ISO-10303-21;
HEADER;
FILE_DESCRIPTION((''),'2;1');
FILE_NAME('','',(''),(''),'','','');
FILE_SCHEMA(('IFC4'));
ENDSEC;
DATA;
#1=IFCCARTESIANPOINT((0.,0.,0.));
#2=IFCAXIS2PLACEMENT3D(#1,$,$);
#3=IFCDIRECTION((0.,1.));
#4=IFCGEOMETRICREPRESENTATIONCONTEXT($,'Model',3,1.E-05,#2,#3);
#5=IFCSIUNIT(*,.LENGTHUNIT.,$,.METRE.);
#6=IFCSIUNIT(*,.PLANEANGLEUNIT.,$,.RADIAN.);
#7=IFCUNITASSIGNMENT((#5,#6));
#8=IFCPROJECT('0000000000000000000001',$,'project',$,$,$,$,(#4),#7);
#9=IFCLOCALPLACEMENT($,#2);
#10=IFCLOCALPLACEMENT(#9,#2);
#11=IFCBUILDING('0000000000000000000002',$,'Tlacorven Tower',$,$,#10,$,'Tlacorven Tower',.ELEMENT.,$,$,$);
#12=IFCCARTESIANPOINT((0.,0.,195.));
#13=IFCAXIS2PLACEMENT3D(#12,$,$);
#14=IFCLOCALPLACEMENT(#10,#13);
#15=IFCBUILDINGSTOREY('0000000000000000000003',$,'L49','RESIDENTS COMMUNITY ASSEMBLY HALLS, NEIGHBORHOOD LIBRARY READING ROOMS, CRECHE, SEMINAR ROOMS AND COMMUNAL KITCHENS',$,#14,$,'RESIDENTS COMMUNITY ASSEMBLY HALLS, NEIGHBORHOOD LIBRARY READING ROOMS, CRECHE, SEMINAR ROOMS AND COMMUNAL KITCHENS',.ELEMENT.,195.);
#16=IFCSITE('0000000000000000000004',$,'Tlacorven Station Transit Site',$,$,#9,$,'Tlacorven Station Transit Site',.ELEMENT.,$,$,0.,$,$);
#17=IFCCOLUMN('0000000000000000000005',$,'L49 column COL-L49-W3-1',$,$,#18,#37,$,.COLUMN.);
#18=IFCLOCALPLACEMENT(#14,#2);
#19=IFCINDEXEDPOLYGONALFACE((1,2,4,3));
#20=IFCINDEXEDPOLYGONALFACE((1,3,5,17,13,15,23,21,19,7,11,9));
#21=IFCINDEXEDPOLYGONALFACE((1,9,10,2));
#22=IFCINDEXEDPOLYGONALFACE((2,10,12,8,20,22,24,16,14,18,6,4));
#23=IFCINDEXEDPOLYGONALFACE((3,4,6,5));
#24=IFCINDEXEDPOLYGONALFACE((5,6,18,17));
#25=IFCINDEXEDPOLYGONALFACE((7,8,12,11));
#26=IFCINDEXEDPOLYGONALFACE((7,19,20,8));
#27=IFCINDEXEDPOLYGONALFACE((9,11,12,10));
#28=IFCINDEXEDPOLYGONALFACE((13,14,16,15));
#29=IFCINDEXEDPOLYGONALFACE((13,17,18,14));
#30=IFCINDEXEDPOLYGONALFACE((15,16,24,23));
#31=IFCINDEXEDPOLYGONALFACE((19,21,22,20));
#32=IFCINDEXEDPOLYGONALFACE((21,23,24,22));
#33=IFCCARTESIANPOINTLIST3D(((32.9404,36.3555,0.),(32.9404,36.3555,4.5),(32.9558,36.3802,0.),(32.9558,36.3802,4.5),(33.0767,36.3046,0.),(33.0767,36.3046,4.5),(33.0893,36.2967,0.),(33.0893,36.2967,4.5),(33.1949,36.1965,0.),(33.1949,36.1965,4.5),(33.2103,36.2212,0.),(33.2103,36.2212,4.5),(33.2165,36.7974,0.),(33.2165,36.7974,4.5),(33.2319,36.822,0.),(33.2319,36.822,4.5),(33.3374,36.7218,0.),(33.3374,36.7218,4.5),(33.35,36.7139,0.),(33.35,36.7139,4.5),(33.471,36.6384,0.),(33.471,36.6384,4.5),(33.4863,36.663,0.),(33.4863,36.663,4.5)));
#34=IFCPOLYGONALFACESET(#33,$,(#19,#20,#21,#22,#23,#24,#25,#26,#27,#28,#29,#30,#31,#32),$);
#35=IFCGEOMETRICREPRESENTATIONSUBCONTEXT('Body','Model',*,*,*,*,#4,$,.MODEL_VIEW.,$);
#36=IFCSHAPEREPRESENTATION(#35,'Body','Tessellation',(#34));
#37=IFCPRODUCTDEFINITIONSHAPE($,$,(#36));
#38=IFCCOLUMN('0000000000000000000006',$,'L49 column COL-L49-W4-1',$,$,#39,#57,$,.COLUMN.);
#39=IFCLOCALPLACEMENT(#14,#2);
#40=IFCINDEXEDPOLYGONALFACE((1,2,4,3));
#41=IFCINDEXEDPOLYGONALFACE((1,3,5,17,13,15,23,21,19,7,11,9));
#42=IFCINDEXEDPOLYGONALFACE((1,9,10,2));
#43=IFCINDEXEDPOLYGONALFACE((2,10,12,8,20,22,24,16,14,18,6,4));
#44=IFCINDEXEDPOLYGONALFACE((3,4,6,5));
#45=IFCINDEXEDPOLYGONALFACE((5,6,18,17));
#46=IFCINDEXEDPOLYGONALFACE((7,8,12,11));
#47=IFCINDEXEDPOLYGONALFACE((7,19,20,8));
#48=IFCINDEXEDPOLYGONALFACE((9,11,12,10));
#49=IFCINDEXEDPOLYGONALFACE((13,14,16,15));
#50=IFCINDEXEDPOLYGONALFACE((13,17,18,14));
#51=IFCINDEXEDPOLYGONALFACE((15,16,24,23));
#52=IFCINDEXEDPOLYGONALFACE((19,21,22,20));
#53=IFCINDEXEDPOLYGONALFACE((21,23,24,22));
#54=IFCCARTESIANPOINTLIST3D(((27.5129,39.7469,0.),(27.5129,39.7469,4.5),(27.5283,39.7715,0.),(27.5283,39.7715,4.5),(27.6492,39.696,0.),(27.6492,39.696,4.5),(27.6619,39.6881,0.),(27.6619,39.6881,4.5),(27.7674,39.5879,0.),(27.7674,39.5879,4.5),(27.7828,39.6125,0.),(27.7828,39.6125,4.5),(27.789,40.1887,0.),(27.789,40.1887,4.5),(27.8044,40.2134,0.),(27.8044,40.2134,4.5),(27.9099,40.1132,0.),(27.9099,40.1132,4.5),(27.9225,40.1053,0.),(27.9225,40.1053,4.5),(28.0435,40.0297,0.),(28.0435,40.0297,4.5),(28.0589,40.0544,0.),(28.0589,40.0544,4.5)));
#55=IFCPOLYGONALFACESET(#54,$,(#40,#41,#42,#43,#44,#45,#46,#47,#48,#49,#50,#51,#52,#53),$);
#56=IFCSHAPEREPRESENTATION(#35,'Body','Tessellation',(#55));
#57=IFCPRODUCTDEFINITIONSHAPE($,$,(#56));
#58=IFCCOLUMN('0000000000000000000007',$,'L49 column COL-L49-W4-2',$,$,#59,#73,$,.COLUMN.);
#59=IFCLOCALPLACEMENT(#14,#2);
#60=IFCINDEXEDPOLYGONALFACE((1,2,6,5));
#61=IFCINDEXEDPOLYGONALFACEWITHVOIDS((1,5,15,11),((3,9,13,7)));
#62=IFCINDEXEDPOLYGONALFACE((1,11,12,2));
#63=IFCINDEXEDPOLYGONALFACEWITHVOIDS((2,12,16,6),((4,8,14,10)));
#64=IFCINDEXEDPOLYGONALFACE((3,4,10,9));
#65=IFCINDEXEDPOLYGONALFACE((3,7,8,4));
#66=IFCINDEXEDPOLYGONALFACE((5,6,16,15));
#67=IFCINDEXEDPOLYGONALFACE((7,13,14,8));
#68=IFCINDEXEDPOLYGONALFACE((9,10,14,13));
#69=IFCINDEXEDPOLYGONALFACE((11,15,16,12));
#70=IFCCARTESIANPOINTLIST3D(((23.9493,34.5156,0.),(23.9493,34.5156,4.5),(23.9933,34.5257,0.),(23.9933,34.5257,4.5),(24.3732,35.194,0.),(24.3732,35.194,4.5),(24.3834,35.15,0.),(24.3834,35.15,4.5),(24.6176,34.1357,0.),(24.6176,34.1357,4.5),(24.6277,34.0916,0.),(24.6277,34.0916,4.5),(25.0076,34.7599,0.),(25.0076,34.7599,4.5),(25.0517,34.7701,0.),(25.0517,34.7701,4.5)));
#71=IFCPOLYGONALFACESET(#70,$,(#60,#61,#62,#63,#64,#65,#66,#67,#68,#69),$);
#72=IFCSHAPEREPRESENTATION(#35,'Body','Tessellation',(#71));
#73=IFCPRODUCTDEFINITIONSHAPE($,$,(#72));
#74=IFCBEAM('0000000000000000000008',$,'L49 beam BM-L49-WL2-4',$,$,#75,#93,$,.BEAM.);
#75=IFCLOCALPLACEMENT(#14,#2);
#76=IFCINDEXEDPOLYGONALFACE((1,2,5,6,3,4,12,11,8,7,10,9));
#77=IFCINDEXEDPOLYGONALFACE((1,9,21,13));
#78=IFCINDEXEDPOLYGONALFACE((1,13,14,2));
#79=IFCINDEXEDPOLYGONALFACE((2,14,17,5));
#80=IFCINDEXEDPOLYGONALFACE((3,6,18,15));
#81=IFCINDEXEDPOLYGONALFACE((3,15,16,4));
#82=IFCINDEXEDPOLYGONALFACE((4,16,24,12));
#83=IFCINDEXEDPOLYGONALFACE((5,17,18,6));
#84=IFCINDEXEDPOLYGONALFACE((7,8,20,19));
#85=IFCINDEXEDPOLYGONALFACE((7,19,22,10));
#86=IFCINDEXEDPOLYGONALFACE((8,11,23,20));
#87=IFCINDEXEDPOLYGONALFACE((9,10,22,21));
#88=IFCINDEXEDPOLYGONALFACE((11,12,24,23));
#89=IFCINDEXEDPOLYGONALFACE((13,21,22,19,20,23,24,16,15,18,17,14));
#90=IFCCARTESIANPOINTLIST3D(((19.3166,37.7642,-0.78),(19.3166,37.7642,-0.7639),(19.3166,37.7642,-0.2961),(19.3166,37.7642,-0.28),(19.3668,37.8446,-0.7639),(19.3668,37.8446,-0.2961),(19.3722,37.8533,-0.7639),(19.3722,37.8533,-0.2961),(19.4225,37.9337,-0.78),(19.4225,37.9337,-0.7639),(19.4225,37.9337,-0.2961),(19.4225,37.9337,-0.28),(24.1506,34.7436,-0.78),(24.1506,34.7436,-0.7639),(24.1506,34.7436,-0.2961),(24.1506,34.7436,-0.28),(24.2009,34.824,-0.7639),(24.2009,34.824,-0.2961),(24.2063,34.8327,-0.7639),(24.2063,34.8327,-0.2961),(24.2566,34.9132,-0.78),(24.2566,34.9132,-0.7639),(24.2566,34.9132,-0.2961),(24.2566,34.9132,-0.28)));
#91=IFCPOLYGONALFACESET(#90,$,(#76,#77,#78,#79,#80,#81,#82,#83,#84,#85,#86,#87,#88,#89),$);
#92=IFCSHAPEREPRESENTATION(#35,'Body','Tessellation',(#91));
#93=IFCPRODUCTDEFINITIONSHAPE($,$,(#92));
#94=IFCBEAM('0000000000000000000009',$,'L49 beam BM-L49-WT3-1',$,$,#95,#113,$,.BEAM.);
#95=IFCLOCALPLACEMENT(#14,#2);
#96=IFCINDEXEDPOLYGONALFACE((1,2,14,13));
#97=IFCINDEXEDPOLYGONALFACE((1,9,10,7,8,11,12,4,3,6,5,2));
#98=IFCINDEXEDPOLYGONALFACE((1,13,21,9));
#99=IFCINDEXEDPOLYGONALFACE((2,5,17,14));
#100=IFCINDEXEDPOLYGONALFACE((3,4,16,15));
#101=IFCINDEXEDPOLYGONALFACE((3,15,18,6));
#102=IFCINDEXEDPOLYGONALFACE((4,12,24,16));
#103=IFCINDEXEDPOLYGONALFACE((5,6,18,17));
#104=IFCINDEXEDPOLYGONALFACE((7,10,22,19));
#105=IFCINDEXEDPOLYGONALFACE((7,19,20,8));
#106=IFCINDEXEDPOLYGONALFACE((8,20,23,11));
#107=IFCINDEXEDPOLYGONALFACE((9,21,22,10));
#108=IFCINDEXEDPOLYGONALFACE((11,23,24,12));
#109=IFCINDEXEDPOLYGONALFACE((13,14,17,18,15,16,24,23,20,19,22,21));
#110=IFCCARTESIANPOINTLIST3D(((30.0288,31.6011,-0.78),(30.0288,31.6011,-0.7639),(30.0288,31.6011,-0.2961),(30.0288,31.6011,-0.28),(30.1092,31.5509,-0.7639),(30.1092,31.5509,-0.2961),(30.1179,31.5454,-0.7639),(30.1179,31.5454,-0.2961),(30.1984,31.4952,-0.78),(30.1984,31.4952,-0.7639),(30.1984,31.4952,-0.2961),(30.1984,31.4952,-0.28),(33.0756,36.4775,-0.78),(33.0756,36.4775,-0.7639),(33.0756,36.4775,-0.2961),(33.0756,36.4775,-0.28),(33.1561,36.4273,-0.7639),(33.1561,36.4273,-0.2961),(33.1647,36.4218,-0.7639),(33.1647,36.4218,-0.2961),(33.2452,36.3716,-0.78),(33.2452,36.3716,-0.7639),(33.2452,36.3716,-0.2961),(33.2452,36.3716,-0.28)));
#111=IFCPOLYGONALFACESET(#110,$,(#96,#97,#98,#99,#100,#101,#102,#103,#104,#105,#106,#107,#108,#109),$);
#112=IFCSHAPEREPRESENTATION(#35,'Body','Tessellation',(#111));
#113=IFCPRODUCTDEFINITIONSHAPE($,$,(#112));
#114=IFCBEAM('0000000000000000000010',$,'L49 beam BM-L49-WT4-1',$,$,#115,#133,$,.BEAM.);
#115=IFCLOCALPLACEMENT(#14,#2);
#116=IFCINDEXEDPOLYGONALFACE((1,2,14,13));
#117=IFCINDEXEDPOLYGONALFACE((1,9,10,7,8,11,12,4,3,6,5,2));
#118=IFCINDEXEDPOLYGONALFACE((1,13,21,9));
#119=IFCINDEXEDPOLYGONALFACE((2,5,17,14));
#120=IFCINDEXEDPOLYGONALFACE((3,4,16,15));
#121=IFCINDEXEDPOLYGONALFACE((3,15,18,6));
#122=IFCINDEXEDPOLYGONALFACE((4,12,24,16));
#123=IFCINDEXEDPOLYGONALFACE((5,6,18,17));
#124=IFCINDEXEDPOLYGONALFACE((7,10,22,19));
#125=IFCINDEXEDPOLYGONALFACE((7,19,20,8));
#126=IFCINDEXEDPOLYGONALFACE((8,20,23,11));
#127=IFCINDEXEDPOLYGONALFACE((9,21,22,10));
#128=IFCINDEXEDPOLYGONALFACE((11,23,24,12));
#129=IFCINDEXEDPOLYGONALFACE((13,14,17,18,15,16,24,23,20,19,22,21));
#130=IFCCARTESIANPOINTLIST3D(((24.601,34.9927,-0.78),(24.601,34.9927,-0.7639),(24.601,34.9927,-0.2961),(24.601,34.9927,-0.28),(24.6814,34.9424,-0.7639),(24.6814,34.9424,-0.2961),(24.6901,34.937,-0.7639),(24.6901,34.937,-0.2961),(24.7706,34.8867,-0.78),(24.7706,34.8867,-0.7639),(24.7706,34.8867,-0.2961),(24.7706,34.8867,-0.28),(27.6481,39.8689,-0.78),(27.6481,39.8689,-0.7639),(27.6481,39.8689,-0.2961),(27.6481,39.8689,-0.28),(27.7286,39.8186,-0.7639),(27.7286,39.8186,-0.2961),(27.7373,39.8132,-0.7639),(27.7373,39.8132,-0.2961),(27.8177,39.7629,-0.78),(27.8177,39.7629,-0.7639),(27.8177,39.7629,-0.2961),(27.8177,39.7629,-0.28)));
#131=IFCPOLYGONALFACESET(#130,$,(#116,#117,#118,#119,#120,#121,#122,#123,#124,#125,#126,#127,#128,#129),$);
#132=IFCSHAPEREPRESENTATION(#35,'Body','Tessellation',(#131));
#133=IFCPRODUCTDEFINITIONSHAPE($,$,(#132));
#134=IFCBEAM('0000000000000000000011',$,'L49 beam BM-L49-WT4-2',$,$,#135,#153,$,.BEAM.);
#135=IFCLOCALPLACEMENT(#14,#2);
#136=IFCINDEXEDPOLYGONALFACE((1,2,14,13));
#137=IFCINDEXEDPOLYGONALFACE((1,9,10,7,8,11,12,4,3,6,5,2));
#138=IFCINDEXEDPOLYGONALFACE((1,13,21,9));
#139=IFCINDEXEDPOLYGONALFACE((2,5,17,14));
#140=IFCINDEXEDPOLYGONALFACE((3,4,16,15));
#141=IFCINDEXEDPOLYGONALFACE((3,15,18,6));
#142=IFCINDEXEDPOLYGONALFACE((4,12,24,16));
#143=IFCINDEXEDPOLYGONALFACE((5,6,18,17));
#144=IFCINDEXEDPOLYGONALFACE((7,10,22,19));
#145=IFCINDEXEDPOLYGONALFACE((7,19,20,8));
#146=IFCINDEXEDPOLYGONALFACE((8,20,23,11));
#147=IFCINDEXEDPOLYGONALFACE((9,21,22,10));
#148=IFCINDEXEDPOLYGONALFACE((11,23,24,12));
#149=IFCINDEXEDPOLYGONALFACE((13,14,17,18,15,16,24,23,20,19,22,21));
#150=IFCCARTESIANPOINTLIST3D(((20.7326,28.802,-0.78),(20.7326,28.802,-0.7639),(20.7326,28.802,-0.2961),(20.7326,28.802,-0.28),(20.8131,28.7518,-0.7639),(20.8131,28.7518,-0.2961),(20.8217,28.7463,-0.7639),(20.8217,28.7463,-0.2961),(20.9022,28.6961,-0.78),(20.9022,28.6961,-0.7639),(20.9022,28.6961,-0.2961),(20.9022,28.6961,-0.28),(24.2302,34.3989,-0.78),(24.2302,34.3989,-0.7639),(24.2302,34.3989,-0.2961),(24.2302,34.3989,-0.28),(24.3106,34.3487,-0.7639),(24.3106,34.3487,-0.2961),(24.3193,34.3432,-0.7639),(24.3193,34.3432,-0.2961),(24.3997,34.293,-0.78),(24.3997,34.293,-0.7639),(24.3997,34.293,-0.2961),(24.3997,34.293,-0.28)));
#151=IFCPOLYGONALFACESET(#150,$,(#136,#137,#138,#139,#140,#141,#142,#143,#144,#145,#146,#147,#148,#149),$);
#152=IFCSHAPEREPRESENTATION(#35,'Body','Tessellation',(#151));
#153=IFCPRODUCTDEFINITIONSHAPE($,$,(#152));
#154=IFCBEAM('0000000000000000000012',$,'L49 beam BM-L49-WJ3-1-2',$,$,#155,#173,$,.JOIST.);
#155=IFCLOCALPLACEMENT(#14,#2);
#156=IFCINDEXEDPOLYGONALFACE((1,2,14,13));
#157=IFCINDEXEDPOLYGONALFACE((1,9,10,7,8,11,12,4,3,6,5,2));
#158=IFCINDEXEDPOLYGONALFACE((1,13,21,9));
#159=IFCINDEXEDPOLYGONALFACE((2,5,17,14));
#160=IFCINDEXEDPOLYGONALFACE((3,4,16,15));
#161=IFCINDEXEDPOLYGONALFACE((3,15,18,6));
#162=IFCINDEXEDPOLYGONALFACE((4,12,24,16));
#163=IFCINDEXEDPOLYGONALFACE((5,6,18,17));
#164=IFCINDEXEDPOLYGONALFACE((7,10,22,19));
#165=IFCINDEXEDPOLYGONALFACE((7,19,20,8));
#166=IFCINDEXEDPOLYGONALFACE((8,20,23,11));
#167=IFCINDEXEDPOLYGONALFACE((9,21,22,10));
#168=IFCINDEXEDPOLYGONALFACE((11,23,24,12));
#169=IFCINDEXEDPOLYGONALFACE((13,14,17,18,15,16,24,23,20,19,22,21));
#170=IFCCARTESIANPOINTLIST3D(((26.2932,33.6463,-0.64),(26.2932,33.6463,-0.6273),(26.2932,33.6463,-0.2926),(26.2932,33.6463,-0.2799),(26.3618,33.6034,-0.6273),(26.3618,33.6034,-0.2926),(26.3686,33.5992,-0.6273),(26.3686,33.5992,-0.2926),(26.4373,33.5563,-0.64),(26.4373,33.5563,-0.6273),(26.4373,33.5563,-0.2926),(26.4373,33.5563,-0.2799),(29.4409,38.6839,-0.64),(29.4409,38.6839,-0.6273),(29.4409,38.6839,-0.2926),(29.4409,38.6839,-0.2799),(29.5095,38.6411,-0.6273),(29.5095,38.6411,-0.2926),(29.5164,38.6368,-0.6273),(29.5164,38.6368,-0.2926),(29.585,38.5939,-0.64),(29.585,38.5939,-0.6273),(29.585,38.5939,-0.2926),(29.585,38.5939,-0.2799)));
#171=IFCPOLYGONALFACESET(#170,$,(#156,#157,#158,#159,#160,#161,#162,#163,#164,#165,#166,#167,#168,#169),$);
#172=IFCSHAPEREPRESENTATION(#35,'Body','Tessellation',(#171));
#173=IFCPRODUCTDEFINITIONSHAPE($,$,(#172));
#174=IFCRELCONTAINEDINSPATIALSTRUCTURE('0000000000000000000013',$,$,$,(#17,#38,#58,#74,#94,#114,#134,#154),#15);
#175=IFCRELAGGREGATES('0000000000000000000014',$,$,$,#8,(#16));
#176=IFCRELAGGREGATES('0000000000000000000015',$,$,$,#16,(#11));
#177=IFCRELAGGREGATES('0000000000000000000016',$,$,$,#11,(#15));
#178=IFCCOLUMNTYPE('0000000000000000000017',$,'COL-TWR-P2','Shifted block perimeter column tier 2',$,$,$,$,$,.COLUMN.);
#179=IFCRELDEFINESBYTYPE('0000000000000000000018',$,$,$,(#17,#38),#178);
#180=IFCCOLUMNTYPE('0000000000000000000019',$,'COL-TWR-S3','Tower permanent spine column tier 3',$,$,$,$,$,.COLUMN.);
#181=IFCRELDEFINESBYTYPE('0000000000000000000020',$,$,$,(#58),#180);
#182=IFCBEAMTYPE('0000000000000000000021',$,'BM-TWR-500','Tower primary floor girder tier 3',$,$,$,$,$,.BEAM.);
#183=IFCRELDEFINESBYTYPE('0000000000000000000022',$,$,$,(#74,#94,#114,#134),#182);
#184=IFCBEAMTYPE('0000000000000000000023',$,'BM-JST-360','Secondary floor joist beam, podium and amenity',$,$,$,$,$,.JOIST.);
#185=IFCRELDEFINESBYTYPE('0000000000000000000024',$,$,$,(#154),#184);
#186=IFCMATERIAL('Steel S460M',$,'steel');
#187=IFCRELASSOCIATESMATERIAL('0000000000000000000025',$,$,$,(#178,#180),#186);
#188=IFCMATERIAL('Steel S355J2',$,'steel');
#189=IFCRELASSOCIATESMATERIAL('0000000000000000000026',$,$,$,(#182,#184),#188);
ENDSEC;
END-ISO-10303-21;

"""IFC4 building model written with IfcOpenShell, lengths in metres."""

from ifc_helpers import new_model, si_unit, direction, frame, origin, origin_2d, place, context, subcontext, project, spatial, hollow_rectangle, i_section, extrude, source, transform, mapped, material, material_profile, profile_set, type_object, element, save


model = new_model("IFC4")

# Units and contexts
model_context = context("Model", 3, precision=1e-05, world=origin(), true_north=direction((0.0, 1.0)))
body_context = subcontext(model_context, "Body", "Model", "MODEL_VIEW")
ifc_project = project(units=[si_unit("LENGTHUNIT", "METRE"), si_unit("PLANEANGLEUNIT", "RADIAN")], contexts=[model_context])

# Site, building, storey
site_placement = place(None, origin())
site = spatial("IfcSite", under=ifc_project, at=site_placement, Name="Tlacorven Station Transit Site", LongName="Tlacorven Station Transit Site", CompositionType="ELEMENT", RefElevation=0.0)
building_placement = place(site_placement, origin())
building = spatial("IfcBuilding", under=site, at=building_placement, Name="Tlacorven Tower", LongName="Tlacorven Tower", CompositionType="ELEMENT")
storey_placement = place(building_placement, frame((0.0, 0.0, 195.0)))
storey = spatial("IfcBuildingStorey", under=building, at=storey_placement, Name="L49", Description="RESIDENTS COMMUNITY ASSEMBLY HALLS, NEIGHBORHOOD LIBRARY READING ROOMS, CRECHE, SEMINAR ROOMS AND COMMUNAL KITCHENS", LongName="RESIDENTS COMMUNITY ASSEMBLY HALLS, NEIGHBORHOOD LIBRARY READING ROOMS, CRECHE, SEMINAR ROOMS AND COMMUNAL KITCHENS", CompositionType="ELEMENT", Elevation=195.0)

# Columns
ifc_material_1 = material(Name="Steel S460M", Category="steel")
ifc_material_profile_1 = material_profile(ifc_material_1, i_section(OverallWidth=0.3, OverallDepth=0.55, WebThickness=0.0149, FlangeThickness=0.0291, at=origin_2d()), Name="HEB 550")
ifc_profile_set_1 = profile_set([ifc_material_profile_1], Name="Steel S460M")
column_type_1 = type_object("IfcColumnType", Name="COL-TWR-P2", Description="Shifted block perimeter column tier 2", PredefinedType="COLUMN", material=ifc_profile_set_1)
shared_shape_1 = source(origin(), body_context, "Body", "SweptSolid", [
    extrude(i_section(OverallWidth=0.3, OverallDepth=0.55, WebThickness=0.0149, FlangeThickness=0.0291, at=origin_2d()), origin(), (0.0, 0.0, 1.0), 4.5),
])
for number, where, z_axis, x_axis, name in (
    (1, (33.2134, 36.5093, 0.0), (0.0, 0.0, 1.0), (-0.848048, 0.529919, 0.0), "L49 column COL-L49-W3-1"),
    (2, (27.7859, 39.9006, 0.0), (0.0, 0.0, 1.0), (-0.848048, 0.529919, 0.0), "L49 column COL-L49-W4-1"),
):
    element("IfcColumn", number, at=place(storey_placement, frame(where, z_axis=z_axis, x_axis=x_axis)), inside=storey, type_object=column_type_1, Name=name, PredefinedType="COLUMN", context=body_context, shape_type="MappedRepresentation", body=[
        mapped(shared_shape_1, transform((0.0, 0.0, 0.0), scale=1.0)),
    ])
ifc_material_profile_2 = material_profile(ifc_material_1, hollow_rectangle(XDim=0.8, YDim=0.8, WallThickness=0.032, at=origin_2d()), Name="BOX 800X800X32")
ifc_profile_set_2 = profile_set([ifc_material_profile_2], Name="Steel S460M")
column_type_2 = type_object("IfcColumnType", Name="COL-TWR-S3", Description="Tower permanent spine column tier 3", PredefinedType="COLUMN", material=ifc_profile_set_2)
shared_shape_2 = source(origin(), body_context, "Body", "SweptSolid", [
    extrude(hollow_rectangle(XDim=0.8, YDim=0.8, WallThickness=0.032, at=origin_2d()), origin(), (0.0, 0.0, 1.0), 4.5),
])
column_placement = place(storey_placement, frame((24.5005, 34.6428, 0.0), z_axis=(0.0, 0.0, 1.0), x_axis=(-0.848048, 0.529919, 0.0)))
element("IfcColumn", 3, at=column_placement, inside=storey, type_object=column_type_2, Name="L49 column COL-L49-W4-2", PredefinedType="COLUMN", context=body_context, shape_type="MappedRepresentation", body=[
    mapped(shared_shape_2, transform((0.0, 0.0, 0.0), scale=1.0)),
])

# Beams
ifc_material_2 = material(Name="Steel S355J2", Category="steel")
ifc_material_profile_3 = material_profile(ifc_material_2, i_section(OverallWidth=0.2, OverallDepth=0.5, WebThickness=0.0103, FlangeThickness=0.0161, at=origin_2d()), Name="IPE 500")
ifc_profile_set_3 = profile_set([ifc_material_profile_3], Name="Steel S355J2")
beam_type_1 = type_object("IfcBeamType", Name="BM-TWR-500", Description="Tower primary floor girder tier 3", PredefinedType="BEAM", material=ifc_profile_set_3)
shared_shape_3 = source(origin(), body_context, "Body", "SweptSolid", [
    extrude(i_section(OverallWidth=0.2, OverallDepth=0.5, WebThickness=0.0103, FlangeThickness=0.0161, at=origin_2d()), origin(), (0.0, 0.0, 1.0), 5.7002),
])
beam_1_placement = place(storey_placement, frame((24.2036, 34.8284, -0.53), z_axis=(-0.848056, 0.529907, 0.0), x_axis=(-0.529907, -0.848056, 0.0)))
element("IfcBeam", 4, at=beam_1_placement, inside=storey, type_object=beam_type_1, Name="L49 beam BM-L49-WL2-4", PredefinedType="BEAM", context=body_context, shape_type="MappedRepresentation", body=[
    mapped(shared_shape_3, transform((0.0, 0.0, 0.0), scale=1.0)),
])
shared_shape_4 = source(origin(), body_context, "Body", "SweptSolid", [
    extrude(i_section(OverallWidth=0.2, OverallDepth=0.5, WebThickness=0.0103, FlangeThickness=0.0161, at=origin_2d()), origin(), (0.0, 0.0, 1.0), 5.75),
])
for number, where, z_axis, x_axis, name in (
    (5, (33.1604, 36.4246, -0.53), (-0.529884, -0.84807, 0.0), (0.84807, -0.529884, 0.0), "L49 beam BM-L49-WT3-1"),
    (6, (27.7329, 39.8159, -0.53), (-0.529934, -0.848039, 0.0), (0.848039, -0.529934, 0.0), "L49 beam BM-L49-WT4-1"),
):
    element("IfcBeam", number, at=place(storey_placement, frame(where, z_axis=z_axis, x_axis=x_axis)), inside=storey, type_object=beam_type_1, Name=name, PredefinedType="BEAM", context=body_context, shape_type="MappedRepresentation", body=[
        mapped(shared_shape_4, transform((0.0, 0.0, 0.0), scale=1.0)),
    ])
shared_shape_5 = source(origin(), body_context, "Body", "SweptSolid", [
    extrude(i_section(OverallWidth=0.2, OverallDepth=0.5, WebThickness=0.0103, FlangeThickness=0.0161, at=origin_2d()), origin(), (0.0, 0.0, 1.0), 6.5999),
])
beam_2_placement = place(storey_placement, frame((24.3149, 34.3459, -0.53), z_axis=(-0.529942, -0.848034, 0.0), x_axis=(0.848034, -0.529942, 0.0)))
element("IfcBeam", 7, at=beam_2_placement, inside=storey, type_object=beam_type_1, Name="L49 beam BM-L49-WT4-2", PredefinedType="BEAM", context=body_context, shape_type="MappedRepresentation", body=[
    mapped(shared_shape_5, transform((0.0, 0.0, 0.0), scale=1.0)),
])
ifc_material_profile_4 = material_profile(ifc_material_2, i_section(OverallWidth=0.1699, OverallDepth=0.3601, WebThickness=0.0081, FlangeThickness=0.0127, at=origin_2d()), Name="IPE 360")
ifc_profile_set_4 = profile_set([ifc_material_profile_4], Name="Steel S355J2")
beam_type_2 = type_object("IfcBeamType", Name="BM-JST-360", Description="Secondary floor joist beam, podium and amenity", PredefinedType="JOIST", material=ifc_profile_set_4)
shared_shape_6 = source(origin(), body_context, "Body", "SweptSolid", [
    extrude(i_section(OverallWidth=0.1699, OverallDepth=0.3601, WebThickness=0.0081, FlangeThickness=0.0127, at=origin_2d()), origin(), (0.0, 0.0, 1.0), 5.9402),
])
for number, where, z_axis, x_axis, name in (
    (8, (29.5129, 38.6389, -0.46), (-0.529903, -0.848058, 0.0), (0.848058, -0.529903, 0.0), "L49 beam BM-L49-WJ3-1-2"),
):
    element("IfcBeam", number, at=place(storey_placement, frame(where, z_axis=z_axis, x_axis=x_axis)), inside=storey, type_object=beam_type_2, Name=name, PredefinedType="JOIST", context=body_context, shape_type="MappedRepresentation", body=[
        mapped(shared_shape_6, transform((0.0, 0.0, 0.0), scale=1.0)),
    ])

save(model, "model.ifc")
